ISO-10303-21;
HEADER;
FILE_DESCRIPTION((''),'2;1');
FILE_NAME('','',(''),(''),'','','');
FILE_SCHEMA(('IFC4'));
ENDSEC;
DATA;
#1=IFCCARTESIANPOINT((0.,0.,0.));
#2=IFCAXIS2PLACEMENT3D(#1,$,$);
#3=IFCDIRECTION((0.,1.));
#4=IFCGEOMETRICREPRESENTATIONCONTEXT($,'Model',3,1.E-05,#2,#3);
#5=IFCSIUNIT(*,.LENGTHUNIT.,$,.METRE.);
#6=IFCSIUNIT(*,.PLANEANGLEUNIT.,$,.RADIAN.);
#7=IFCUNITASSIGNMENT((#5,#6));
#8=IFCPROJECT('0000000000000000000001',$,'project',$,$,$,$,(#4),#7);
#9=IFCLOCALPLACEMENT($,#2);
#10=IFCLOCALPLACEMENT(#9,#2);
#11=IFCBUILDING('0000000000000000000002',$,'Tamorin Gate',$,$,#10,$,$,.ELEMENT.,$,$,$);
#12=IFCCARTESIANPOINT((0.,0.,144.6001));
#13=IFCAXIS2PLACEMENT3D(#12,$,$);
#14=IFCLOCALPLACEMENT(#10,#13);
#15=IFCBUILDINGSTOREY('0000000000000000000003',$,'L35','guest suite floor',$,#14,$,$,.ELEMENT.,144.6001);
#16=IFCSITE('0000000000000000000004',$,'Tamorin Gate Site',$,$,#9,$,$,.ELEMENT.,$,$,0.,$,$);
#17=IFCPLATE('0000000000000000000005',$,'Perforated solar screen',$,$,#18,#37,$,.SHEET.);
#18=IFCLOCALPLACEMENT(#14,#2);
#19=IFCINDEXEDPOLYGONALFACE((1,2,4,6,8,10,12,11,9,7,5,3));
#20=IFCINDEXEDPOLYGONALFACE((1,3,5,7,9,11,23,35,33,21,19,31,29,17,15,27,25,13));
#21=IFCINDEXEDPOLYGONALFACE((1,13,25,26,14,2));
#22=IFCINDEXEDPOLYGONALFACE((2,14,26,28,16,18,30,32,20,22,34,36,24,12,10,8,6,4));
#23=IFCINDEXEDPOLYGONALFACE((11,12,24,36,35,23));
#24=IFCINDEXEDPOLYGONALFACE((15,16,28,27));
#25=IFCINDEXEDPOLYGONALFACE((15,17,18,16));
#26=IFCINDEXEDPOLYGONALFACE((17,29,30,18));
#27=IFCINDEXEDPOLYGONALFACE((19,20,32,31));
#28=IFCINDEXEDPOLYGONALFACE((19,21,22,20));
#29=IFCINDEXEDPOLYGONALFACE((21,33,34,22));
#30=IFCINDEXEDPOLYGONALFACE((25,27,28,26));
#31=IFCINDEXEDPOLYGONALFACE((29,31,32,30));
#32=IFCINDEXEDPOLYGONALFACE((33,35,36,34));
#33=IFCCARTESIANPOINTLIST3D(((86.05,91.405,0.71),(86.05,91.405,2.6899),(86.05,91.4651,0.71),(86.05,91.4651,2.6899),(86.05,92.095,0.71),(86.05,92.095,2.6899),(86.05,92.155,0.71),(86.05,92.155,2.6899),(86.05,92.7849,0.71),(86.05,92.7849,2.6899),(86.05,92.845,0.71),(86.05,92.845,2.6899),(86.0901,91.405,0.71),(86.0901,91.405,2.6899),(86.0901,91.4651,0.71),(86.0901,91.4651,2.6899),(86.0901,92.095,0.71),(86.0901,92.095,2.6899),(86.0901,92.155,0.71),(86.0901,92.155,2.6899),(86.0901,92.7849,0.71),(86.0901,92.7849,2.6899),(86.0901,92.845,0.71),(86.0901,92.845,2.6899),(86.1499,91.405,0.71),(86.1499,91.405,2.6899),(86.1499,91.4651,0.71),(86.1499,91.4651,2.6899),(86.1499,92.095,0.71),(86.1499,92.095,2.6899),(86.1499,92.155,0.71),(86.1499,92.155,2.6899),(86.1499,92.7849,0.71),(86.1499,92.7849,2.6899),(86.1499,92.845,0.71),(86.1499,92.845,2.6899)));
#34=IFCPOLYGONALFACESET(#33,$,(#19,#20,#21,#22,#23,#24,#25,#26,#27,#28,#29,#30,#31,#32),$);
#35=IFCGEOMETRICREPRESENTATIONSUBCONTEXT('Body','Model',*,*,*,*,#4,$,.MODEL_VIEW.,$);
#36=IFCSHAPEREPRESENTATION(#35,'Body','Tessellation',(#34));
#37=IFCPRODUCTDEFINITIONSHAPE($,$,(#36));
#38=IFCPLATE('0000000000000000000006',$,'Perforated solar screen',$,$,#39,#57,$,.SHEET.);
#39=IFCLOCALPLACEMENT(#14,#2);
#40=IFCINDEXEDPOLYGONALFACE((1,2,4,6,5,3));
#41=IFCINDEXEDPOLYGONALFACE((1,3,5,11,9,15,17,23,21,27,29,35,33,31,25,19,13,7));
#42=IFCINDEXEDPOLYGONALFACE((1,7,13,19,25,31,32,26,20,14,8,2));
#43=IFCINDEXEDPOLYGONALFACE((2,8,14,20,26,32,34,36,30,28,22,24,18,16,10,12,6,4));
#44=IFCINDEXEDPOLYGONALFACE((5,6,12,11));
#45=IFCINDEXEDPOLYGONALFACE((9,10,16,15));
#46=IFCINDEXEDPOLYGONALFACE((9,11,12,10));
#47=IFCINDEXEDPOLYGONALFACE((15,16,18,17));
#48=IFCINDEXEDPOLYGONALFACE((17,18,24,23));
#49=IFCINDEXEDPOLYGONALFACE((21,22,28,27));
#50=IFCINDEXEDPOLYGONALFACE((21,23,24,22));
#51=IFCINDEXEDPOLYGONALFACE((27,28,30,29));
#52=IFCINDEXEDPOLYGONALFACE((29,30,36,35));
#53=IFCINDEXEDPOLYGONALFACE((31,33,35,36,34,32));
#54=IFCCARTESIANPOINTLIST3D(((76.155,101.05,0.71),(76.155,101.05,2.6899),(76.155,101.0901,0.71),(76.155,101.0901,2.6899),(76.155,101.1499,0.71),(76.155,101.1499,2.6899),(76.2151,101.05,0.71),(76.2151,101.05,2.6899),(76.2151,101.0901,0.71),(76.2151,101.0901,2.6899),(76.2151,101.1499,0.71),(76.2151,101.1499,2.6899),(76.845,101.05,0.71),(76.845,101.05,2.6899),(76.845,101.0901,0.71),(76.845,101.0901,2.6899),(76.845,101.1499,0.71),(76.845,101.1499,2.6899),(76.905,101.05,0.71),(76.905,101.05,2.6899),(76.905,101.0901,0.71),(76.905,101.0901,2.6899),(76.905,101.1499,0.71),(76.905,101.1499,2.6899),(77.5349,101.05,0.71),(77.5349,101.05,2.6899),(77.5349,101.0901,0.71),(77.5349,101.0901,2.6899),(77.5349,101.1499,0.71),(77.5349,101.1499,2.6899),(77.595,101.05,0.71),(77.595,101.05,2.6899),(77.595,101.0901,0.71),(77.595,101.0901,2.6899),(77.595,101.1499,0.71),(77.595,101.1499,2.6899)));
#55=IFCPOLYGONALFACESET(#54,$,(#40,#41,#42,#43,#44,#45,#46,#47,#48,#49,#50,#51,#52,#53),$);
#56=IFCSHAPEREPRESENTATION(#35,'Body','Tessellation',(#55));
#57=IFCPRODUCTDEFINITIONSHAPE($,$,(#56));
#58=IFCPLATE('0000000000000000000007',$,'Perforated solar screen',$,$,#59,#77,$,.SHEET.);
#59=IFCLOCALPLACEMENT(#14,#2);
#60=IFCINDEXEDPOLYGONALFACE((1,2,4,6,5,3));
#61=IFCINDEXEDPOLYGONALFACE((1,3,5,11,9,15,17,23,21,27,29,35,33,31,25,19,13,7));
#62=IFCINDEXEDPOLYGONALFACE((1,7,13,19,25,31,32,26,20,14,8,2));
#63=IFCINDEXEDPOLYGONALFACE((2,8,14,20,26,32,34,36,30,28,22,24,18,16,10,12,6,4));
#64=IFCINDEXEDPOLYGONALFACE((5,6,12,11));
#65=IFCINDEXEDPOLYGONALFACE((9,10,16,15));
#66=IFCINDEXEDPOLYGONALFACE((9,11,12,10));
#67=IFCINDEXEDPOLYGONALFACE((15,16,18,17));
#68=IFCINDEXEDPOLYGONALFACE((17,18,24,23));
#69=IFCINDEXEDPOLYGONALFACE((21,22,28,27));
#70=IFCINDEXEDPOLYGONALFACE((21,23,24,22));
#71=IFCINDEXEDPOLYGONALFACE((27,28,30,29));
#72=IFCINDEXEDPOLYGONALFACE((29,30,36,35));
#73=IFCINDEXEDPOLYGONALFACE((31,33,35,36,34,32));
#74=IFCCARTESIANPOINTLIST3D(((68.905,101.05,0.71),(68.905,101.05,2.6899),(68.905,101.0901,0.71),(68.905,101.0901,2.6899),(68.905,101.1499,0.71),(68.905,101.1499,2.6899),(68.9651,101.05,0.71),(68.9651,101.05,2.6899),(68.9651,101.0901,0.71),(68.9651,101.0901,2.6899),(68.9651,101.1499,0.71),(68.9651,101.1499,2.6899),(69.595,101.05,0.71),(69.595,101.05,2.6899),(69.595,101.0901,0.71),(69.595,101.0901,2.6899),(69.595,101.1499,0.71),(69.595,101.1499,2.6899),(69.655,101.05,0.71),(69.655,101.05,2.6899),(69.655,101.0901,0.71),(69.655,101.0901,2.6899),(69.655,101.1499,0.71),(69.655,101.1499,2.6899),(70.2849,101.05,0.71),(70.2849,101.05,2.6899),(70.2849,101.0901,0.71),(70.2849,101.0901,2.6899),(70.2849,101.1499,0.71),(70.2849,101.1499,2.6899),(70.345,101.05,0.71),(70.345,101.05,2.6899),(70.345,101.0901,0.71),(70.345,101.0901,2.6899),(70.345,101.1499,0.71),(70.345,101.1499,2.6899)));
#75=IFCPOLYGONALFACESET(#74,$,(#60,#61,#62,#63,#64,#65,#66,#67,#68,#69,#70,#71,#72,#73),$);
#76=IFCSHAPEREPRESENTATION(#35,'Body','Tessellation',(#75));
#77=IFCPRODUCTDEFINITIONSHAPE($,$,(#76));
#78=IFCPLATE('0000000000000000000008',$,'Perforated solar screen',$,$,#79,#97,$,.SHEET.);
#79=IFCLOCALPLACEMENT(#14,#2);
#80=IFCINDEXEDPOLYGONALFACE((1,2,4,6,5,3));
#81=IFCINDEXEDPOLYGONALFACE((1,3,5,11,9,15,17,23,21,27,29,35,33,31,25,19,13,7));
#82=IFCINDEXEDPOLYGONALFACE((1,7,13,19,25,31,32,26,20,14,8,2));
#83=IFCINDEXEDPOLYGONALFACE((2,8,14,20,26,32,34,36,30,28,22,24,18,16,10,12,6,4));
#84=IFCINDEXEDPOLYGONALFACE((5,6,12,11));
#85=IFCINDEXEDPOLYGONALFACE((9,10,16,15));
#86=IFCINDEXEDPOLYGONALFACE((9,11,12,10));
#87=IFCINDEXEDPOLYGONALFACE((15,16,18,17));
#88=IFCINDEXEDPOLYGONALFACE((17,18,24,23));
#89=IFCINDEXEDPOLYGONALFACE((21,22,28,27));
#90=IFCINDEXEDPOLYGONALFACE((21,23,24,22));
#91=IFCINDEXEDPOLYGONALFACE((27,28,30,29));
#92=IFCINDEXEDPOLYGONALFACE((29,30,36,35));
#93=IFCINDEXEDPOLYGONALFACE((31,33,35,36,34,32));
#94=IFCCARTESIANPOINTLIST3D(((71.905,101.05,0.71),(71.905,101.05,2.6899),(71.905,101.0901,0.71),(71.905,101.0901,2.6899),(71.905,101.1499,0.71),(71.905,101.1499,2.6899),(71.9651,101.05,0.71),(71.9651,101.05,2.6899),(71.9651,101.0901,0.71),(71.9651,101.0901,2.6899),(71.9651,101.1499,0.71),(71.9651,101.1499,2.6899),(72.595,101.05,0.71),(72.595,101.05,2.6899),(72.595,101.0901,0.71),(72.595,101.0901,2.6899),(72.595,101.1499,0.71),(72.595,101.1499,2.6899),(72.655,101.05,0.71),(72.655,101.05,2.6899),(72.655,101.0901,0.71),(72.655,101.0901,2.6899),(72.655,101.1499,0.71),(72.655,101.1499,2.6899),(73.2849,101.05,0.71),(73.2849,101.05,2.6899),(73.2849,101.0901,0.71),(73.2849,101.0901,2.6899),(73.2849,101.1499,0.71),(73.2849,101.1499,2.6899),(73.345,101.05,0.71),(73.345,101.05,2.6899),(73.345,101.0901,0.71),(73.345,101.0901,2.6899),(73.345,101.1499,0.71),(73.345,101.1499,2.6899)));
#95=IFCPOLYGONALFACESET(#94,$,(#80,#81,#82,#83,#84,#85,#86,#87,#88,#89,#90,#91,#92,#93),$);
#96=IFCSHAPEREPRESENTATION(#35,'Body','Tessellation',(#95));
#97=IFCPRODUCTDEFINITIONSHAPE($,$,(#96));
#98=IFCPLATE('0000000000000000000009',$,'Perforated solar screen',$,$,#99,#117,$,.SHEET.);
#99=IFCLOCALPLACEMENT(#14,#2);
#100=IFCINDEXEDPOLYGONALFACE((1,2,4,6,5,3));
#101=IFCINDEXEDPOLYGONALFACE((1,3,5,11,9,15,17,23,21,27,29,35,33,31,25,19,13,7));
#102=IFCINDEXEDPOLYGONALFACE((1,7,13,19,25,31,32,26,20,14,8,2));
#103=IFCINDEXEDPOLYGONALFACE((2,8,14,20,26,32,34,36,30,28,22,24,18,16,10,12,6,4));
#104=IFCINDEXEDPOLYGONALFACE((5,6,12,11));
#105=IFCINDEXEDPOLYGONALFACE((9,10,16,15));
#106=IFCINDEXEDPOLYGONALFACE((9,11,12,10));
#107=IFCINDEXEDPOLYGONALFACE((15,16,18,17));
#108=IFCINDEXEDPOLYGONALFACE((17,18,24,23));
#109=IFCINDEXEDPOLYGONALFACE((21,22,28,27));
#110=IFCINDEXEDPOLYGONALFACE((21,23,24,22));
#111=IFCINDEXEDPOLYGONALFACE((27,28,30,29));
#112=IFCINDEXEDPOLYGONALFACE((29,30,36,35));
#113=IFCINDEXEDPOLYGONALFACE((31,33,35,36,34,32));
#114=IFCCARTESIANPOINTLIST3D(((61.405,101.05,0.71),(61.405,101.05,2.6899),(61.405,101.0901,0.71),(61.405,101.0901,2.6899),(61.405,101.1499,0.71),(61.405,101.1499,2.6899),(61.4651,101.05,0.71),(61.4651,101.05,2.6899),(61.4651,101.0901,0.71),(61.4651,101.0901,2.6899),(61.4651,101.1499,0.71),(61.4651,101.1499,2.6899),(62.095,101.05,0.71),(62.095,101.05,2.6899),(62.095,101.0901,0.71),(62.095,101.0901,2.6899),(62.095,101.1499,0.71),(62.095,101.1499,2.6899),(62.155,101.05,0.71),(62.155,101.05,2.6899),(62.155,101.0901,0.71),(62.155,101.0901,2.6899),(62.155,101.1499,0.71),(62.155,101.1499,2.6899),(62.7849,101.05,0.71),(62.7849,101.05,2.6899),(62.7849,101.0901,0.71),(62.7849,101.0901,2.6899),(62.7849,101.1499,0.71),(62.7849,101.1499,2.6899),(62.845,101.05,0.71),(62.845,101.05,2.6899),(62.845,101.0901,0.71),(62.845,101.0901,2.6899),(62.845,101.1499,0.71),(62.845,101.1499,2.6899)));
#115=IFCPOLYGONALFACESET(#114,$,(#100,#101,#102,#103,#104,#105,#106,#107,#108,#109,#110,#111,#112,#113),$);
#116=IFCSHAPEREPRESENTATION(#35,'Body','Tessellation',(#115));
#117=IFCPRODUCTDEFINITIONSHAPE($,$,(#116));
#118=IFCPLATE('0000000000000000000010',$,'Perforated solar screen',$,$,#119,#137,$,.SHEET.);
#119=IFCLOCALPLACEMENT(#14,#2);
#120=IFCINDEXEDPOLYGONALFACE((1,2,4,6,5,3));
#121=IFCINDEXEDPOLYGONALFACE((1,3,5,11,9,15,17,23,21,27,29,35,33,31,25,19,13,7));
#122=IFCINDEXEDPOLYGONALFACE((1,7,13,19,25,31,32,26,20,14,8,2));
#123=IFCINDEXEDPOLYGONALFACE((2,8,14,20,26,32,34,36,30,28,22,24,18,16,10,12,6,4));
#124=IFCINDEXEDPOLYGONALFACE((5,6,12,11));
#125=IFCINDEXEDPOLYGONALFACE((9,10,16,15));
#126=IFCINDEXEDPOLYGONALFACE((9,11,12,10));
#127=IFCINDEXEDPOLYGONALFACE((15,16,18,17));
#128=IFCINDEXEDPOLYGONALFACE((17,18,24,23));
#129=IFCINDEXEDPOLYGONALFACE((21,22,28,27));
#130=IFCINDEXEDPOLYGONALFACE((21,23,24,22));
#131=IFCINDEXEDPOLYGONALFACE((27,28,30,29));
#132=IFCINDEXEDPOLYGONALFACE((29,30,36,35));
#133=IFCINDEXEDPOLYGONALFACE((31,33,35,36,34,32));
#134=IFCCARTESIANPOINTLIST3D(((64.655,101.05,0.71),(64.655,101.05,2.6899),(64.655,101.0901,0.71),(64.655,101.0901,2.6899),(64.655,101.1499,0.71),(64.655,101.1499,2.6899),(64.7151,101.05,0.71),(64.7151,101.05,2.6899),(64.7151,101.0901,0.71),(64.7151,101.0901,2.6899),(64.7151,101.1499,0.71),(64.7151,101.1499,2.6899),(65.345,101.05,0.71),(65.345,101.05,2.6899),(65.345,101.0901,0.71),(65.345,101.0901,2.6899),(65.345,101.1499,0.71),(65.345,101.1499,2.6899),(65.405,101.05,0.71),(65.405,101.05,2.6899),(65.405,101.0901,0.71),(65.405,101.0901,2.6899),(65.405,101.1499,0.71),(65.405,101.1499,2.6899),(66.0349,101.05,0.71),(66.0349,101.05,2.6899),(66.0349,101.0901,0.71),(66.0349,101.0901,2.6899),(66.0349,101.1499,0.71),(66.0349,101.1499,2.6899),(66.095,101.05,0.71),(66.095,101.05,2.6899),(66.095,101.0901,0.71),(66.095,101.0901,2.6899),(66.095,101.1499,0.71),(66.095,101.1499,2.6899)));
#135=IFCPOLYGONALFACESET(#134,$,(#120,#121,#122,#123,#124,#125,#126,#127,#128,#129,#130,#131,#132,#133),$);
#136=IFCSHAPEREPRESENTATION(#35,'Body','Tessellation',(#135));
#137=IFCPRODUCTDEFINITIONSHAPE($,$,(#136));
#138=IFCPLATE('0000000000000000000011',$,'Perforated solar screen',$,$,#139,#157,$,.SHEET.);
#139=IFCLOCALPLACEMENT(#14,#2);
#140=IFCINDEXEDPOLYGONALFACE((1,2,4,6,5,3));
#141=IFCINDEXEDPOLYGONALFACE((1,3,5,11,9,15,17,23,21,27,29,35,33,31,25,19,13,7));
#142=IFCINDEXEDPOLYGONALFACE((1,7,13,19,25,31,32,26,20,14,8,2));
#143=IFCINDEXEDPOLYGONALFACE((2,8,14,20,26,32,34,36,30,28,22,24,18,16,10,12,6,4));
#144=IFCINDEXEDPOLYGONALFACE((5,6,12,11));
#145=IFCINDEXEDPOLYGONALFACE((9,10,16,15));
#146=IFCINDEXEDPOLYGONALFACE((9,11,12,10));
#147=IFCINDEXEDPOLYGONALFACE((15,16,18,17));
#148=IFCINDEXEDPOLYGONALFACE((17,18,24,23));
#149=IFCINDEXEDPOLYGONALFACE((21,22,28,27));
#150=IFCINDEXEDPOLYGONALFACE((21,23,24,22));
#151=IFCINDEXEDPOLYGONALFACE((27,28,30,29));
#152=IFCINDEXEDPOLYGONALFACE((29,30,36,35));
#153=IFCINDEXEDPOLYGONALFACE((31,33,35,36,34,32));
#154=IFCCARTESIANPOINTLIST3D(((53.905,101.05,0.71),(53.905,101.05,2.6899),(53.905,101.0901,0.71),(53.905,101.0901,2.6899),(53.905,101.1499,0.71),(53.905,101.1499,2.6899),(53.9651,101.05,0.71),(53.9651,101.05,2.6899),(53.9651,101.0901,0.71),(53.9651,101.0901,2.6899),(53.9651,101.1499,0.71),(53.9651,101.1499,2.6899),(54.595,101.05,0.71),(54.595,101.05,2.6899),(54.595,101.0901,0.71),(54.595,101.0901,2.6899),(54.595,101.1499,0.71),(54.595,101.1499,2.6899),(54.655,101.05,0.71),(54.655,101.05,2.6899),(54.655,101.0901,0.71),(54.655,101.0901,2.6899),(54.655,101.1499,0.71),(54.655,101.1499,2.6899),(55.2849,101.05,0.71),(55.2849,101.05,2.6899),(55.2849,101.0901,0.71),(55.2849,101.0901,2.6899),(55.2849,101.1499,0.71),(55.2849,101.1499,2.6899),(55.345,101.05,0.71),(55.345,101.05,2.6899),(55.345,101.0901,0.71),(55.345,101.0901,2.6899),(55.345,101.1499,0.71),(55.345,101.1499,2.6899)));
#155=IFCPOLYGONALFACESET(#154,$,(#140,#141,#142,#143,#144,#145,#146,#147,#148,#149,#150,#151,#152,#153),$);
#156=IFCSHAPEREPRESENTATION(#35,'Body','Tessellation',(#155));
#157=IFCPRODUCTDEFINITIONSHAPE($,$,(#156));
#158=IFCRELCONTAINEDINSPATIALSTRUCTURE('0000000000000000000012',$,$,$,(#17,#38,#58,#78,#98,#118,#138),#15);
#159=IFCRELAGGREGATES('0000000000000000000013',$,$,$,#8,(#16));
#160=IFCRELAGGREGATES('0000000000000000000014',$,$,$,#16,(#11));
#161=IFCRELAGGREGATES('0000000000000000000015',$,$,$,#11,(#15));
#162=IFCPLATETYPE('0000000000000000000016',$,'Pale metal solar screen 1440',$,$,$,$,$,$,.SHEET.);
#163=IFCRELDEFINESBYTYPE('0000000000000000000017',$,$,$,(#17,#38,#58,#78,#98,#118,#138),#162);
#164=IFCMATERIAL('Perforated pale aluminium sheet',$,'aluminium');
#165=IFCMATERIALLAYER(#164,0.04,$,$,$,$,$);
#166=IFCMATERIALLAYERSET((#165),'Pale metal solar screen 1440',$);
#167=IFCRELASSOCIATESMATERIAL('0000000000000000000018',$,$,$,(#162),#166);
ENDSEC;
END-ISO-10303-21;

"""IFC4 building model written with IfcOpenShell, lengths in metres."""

from ifc_helpers import new_model, si_unit, direction, frame, origin, place, context, subcontext, project, spatial, polyline, outline, extrude, material, layer, layer_set, type_object, element, save


model = new_model("IFC4")

# Units and contexts
model_context = context("Model", 3, precision=1e-05, world=origin(), true_north=direction((0.0, 1.0)))
body_context = subcontext(model_context, "Body", "Model", "MODEL_VIEW")
ifc_project = project(units=[si_unit("LENGTHUNIT", "METRE"), si_unit("PLANEANGLEUNIT", "RADIAN")], contexts=[model_context])

# Site, building, storey
site_placement = place(None, origin())
site = spatial("IfcSite", under=ifc_project, at=site_placement, Name="Tamorin Gate Site", CompositionType="ELEMENT", RefElevation=0.0)
building_placement = place(site_placement, origin())
building = spatial("IfcBuilding", under=site, at=building_placement, Name="Tamorin Gate", CompositionType="ELEMENT")
storey_placement = place(building_placement, frame((0.0, 0.0, 144.6001)))
storey = spatial("IfcBuildingStorey", under=building, at=storey_placement, Name="L35", Description="guest suite floor", CompositionType="ELEMENT", Elevation=144.6001)

# Plates
ifc_material_1 = material(Name="Perforated pale aluminium sheet", Category="aluminium")
ifc_layer_1 = layer(ifc_material_1, 0.04)
ifc_layer_set_1 = layer_set([ifc_layer_1], Name="Pale metal solar screen 1440")
plate_type_1 = type_object("IfcPlateType", Name="Pale metal solar screen 1440", PredefinedType="SHEET", material=ifc_layer_set_1)
plate_1_placement = place(storey_placement, frame((0.0, 0.0, 0.71)))
element("IfcPlate", 1, at=plate_1_placement, inside=storey, type_object=plate_type_1, Name="Perforated solar screen", PredefinedType="SHEET", context=body_context, shape_type="SweptSolid", body=[
    extrude(outline(polyline([(86.0901, 91.405), (86.05, 91.405), (86.05, 91.4651), (86.05, 92.095), (86.05, 92.155), (86.05, 92.7849), (86.05, 92.845), (86.0901, 92.845), (86.1499, 92.845), (86.1499, 92.7849), (86.0901, 92.7849), (86.0901, 92.155), (86.1499, 92.155), (86.1499, 92.095), (86.0901, 92.095), (86.0901, 91.4651), (86.1499, 91.4651), (86.1499, 91.405), (86.0901, 91.405)])), origin(), (0.0, 0.0, 1.0), 1.98),
])
plate_2_placement = place(storey_placement, frame((0.0, 0.0, 0.71)))
element("IfcPlate", 2, at=plate_2_placement, inside=storey, type_object=plate_type_1, Name="Perforated solar screen", PredefinedType="SHEET", context=body_context, shape_type="SweptSolid", body=[
    extrude(outline(polyline([(77.595, 101.0901), (77.595, 101.05), (77.5349, 101.05), (76.905, 101.05), (76.845, 101.05), (76.2151, 101.05), (76.155, 101.05), (76.155, 101.05), (76.155, 101.0901), (76.155, 101.0901), (76.155, 101.1499), (76.2151, 101.1499), (76.2151, 101.0901), (76.845, 101.0901), (76.845, 101.1499), (76.905, 101.1499), (76.905, 101.0901), (77.5349, 101.0901), (77.5349, 101.1499), (77.595, 101.1499), (77.595, 101.0901)])), origin(), (0.0, 0.0, 1.0), 1.98),
])
plate_3_placement = place(storey_placement, frame((0.0, 0.0, 0.71)))
element("IfcPlate", 3, at=plate_3_placement, inside=storey, type_object=plate_type_1, Name="Perforated solar screen", PredefinedType="SHEET", context=body_context, shape_type="SweptSolid", body=[
    extrude(outline(polyline([(70.345, 101.0901), (70.345, 101.05), (70.2849, 101.05), (69.655, 101.05), (69.595, 101.05), (68.9651, 101.05), (68.905, 101.05), (68.905, 101.0901), (68.905, 101.1499), (68.9651, 101.1499), (68.9651, 101.0901), (69.595, 101.0901), (69.595, 101.1499), (69.655, 101.1499), (69.655, 101.0901), (70.2849, 101.0901), (70.2849, 101.1499), (70.345, 101.1499), (70.345, 101.0901)])), origin(), (0.0, 0.0, 1.0), 1.98),
])
plate_4_placement = place(storey_placement, frame((0.0, 0.0, 0.71)))
element("IfcPlate", 4, at=plate_4_placement, inside=storey, type_object=plate_type_1, Name="Perforated solar screen", PredefinedType="SHEET", context=body_context, shape_type="SweptSolid", body=[
    extrude(outline(polyline([(73.345, 101.0901), (73.345, 101.05), (73.2849, 101.05), (72.655, 101.05), (72.595, 101.05), (71.9651, 101.05), (71.905, 101.05), (71.905, 101.0901), (71.905, 101.1499), (71.9651, 101.1499), (71.9651, 101.0901), (72.595, 101.0901), (72.595, 101.1499), (72.655, 101.1499), (72.655, 101.0901), (73.2849, 101.0901), (73.2849, 101.1499), (73.345, 101.1499), (73.345, 101.0901)])), origin(), (0.0, 0.0, 1.0), 1.98),
])
plate_5_placement = place(storey_placement, frame((0.0, 0.0, 0.71)))
element("IfcPlate", 5, at=plate_5_placement, inside=storey, type_object=plate_type_1, Name="Perforated solar screen", PredefinedType="SHEET", context=body_context, shape_type="SweptSolid", body=[
    extrude(outline(polyline([(62.845, 101.0901), (62.845, 101.05), (62.7849, 101.05), (62.155, 101.05), (62.095, 101.05), (61.4651, 101.05), (61.405, 101.05), (61.405, 101.0901), (61.405, 101.1499), (61.4651, 101.1499), (61.4651, 101.0901), (62.095, 101.0901), (62.095, 101.1499), (62.155, 101.1499), (62.155, 101.0901), (62.7849, 101.0901), (62.7849, 101.1499), (62.845, 101.1499), (62.845, 101.0901)])), origin(), (0.0, 0.0, 1.0), 1.98),
])
plate_6_placement = place(storey_placement, frame((0.0, 0.0, 0.71)))
element("IfcPlate", 6, at=plate_6_placement, inside=storey, type_object=plate_type_1, Name="Perforated solar screen", PredefinedType="SHEET", context=body_context, shape_type="SweptSolid", body=[
    extrude(outline(polyline([(66.095, 101.0901), (66.095, 101.05), (66.0349, 101.05), (65.405, 101.05), (65.345, 101.05), (64.7151, 101.05), (64.655, 101.05), (64.655, 101.0901), (64.655, 101.1499), (64.7151, 101.1499), (64.7151, 101.0901), (65.345, 101.0901), (65.345, 101.1499), (65.405, 101.1499), (65.405, 101.0901), (66.0349, 101.0901), (66.0349, 101.1499), (66.095, 101.1499), (66.095, 101.0901)])), origin(), (0.0, 0.0, 1.0), 1.98),
])
plate_7_placement = place(storey_placement, frame((0.0, 0.0, 0.71)))
element("IfcPlate", 7, at=plate_7_placement, inside=storey, type_object=plate_type_1, Name="Perforated solar screen", PredefinedType="SHEET", context=body_context, shape_type="SweptSolid", body=[
    extrude(outline(polyline([(55.345, 101.0901), (55.345, 101.05), (55.2849, 101.05), (54.655, 101.05), (54.595, 101.05), (53.9651, 101.05), (53.905, 101.05), (53.905, 101.0901), (53.905, 101.1499), (53.9651, 101.1499), (53.9651, 101.0901), (54.595, 101.0901), (54.595, 101.1499), (54.655, 101.1499), (54.655, 101.0901), (55.2849, 101.0901), (55.2849, 101.1499), (55.345, 101.1499), (55.345, 101.0901)])), origin(), (0.0, 0.0, 1.0), 1.98),
])

save(model, "model.ifc")
